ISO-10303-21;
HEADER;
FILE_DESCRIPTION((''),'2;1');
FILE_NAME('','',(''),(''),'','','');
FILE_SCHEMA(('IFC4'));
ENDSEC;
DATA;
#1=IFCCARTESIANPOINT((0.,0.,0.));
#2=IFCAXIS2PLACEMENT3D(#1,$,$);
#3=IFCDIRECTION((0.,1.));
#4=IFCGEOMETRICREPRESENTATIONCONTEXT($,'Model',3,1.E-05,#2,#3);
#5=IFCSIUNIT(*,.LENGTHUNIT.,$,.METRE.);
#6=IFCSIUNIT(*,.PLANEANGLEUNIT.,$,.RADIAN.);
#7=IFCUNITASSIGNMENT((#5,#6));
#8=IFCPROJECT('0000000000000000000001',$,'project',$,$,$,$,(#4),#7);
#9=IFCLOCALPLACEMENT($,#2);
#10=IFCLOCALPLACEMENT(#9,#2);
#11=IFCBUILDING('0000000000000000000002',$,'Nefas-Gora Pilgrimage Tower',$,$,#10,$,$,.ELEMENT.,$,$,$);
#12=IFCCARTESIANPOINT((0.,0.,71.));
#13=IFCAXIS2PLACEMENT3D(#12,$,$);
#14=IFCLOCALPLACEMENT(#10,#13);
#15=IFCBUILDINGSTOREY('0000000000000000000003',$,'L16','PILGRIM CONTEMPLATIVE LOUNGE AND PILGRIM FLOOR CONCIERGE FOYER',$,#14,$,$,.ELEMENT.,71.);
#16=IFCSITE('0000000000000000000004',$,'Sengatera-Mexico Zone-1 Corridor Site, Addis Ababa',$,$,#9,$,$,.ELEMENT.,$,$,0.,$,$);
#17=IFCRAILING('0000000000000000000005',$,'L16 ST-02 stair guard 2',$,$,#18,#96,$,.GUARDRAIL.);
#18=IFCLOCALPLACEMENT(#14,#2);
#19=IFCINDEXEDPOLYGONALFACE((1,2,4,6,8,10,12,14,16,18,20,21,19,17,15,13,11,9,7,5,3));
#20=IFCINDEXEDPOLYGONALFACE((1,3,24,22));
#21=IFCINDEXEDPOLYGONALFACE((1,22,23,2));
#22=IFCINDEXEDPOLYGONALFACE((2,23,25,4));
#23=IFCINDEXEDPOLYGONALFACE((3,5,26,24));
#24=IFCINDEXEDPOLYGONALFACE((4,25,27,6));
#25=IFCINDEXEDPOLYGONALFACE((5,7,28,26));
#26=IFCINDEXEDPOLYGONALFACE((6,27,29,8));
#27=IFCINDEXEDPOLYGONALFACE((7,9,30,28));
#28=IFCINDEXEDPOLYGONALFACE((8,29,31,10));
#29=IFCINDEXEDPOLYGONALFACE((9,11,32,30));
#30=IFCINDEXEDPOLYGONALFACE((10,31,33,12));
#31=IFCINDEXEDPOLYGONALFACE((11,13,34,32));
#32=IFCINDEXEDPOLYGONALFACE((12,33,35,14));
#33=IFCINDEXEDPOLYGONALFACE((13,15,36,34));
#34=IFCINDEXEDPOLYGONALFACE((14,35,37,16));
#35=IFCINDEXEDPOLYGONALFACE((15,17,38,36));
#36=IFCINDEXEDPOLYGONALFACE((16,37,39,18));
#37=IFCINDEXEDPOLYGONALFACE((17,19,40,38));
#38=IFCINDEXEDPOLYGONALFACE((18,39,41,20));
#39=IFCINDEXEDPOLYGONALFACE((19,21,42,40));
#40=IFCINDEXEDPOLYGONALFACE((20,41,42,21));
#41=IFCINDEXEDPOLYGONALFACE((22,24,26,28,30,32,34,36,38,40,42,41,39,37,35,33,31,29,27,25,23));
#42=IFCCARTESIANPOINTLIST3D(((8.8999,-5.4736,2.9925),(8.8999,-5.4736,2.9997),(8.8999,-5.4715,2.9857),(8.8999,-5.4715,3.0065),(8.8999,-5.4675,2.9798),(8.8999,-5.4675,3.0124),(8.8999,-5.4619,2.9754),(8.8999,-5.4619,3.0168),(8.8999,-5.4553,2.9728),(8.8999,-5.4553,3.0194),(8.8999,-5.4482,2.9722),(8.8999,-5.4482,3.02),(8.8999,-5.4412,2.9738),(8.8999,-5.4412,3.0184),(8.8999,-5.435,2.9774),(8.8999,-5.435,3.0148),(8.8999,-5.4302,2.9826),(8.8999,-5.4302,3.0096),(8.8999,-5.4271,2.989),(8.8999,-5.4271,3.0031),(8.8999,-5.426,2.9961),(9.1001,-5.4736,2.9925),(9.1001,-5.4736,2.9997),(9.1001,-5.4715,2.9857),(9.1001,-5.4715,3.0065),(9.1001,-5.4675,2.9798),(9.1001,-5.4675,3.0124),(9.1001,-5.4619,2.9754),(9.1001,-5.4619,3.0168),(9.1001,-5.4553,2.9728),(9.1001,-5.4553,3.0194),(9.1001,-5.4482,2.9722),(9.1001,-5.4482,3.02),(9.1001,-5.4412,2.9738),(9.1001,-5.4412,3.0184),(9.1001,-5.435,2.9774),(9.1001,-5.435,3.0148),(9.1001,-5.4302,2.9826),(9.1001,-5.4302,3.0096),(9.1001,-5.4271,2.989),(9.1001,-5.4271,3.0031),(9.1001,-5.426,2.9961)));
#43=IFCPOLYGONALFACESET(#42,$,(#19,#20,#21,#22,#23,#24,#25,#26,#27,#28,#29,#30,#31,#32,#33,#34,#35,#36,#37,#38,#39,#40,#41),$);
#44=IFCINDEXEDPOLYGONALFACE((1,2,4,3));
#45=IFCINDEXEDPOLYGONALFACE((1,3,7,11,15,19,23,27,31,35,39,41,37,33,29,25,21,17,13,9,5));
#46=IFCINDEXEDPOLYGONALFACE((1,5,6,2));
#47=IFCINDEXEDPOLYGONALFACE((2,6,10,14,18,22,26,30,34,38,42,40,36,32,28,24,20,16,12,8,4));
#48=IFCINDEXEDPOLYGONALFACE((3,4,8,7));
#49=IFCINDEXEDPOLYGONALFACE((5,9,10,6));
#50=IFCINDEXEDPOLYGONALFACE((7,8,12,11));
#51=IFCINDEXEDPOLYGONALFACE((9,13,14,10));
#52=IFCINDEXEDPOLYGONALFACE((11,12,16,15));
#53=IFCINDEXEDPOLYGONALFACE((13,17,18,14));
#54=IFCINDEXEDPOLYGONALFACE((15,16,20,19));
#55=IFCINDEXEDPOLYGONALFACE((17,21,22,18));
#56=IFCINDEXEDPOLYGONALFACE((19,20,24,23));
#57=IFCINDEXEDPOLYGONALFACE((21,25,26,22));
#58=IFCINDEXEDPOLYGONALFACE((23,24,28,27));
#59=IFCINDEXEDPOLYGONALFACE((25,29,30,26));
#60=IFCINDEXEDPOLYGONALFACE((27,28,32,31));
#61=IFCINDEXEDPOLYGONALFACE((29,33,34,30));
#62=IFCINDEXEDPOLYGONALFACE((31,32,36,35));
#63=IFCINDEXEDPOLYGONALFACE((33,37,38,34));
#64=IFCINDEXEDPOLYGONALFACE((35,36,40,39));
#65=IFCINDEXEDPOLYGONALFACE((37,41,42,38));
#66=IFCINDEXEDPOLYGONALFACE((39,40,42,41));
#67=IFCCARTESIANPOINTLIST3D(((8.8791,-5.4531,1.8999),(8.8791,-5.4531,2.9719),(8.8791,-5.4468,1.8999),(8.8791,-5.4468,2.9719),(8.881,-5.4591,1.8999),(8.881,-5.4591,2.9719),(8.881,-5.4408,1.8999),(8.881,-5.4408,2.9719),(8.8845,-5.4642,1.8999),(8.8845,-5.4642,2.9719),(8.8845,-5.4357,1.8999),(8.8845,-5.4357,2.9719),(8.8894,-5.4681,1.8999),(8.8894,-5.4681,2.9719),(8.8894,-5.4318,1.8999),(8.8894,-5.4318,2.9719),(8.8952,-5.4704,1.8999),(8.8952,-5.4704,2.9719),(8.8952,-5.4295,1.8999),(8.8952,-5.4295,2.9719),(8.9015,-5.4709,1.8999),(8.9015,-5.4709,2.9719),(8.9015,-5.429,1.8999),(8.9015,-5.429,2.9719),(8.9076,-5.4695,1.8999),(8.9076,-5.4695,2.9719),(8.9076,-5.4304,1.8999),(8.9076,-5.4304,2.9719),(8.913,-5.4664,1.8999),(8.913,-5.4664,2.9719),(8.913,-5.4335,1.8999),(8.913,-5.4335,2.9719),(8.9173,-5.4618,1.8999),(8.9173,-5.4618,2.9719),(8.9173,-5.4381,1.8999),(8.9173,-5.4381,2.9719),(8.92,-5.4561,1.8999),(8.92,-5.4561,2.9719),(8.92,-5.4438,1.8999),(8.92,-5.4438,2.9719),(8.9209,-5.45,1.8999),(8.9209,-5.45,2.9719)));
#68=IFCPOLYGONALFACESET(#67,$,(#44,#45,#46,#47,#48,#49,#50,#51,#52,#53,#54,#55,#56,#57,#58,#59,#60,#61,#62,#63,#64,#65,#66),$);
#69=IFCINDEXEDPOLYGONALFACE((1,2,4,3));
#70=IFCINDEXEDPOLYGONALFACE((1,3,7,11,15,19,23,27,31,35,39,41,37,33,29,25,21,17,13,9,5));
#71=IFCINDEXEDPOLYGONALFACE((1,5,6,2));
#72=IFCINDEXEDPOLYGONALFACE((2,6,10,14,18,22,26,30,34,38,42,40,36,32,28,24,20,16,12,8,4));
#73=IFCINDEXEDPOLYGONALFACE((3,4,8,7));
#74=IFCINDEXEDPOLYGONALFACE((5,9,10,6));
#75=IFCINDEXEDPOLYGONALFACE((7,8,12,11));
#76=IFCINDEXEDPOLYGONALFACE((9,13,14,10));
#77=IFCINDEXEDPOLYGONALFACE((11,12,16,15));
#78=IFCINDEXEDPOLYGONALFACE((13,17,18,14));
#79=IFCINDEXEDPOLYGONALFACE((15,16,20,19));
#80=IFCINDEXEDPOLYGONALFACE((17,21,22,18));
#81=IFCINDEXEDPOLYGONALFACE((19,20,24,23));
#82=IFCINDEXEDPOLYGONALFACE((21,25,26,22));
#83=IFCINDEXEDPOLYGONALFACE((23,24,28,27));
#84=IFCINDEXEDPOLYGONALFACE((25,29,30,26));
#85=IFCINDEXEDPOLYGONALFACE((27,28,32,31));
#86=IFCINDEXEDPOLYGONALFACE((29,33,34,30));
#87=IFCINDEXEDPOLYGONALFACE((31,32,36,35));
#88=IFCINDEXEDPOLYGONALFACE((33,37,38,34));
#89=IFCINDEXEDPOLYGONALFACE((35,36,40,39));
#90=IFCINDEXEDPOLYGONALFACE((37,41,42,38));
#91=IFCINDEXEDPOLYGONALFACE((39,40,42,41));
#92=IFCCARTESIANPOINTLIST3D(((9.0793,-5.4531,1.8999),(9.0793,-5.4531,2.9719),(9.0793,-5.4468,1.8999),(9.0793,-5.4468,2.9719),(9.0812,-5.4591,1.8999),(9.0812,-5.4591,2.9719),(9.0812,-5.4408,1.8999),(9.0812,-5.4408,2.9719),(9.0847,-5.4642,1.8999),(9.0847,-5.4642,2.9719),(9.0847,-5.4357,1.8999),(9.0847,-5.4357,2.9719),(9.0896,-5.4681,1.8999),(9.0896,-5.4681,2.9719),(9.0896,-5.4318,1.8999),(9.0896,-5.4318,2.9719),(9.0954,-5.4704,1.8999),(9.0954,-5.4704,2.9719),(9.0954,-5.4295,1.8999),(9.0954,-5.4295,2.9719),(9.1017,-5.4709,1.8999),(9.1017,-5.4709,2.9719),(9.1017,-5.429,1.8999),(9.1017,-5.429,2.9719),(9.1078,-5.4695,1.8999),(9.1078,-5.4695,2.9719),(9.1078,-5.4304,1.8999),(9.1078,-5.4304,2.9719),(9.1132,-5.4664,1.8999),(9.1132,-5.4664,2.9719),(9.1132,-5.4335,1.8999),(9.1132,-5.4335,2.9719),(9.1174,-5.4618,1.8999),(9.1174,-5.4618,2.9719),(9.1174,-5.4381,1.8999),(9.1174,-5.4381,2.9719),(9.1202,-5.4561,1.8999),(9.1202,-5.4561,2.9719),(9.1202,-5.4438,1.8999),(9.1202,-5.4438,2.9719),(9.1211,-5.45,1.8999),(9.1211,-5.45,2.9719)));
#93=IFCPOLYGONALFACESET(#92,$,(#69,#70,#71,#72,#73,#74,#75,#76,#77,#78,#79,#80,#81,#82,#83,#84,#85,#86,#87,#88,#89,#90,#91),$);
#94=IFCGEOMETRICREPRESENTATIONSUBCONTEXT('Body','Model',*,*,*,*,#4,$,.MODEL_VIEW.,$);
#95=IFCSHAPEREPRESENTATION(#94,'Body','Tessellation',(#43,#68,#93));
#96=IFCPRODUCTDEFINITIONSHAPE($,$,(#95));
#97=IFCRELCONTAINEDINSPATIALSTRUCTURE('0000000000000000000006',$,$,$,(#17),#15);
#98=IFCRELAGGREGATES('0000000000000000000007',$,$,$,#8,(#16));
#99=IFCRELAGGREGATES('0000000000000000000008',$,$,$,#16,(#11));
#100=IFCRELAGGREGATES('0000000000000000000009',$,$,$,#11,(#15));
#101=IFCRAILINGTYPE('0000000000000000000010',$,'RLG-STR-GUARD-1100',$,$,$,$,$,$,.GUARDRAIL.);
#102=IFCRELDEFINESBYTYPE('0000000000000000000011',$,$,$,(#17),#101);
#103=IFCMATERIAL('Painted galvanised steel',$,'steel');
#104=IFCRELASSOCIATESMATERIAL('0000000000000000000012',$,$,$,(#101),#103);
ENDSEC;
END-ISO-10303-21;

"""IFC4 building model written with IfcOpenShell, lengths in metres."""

from ifc_helpers import new_model, si_unit, direction, frame, origin, origin_2d, place, context, subcontext, project, spatial, circle, extrude, material, type_object, element, save


model = new_model("IFC4")

# Units and contexts
model_context = context("Model", 3, precision=1e-05, world=origin(), true_north=direction((0.0, 1.0)))
body_context = subcontext(model_context, "Body", "Model", "MODEL_VIEW")
ifc_project = project(units=[si_unit("LENGTHUNIT", "METRE"), si_unit("PLANEANGLEUNIT", "RADIAN")], contexts=[model_context])

# Site, building, storey
site_placement = place(None, origin())
site = spatial("IfcSite", under=ifc_project, at=site_placement, Name="Sengatera-Mexico Zone-1 Corridor Site, Addis Ababa", CompositionType="ELEMENT", RefElevation=0.0)
building_placement = place(site_placement, origin())
building = spatial("IfcBuilding", under=site, at=building_placement, Name="Nefas-Gora Pilgrimage Tower", CompositionType="ELEMENT")
storey_placement = place(building_placement, frame((0.0, 0.0, 71.0)))
storey = spatial("IfcBuildingStorey", under=building, at=storey_placement, Name="L16", Description="PILGRIM CONTEMPLATIVE LOUNGE AND PILGRIM FLOOR CONCIERGE FOYER", CompositionType="ELEMENT", Elevation=71.0)

# Railing
ifc_material_1 = material(Name="Painted galvanised steel", Category="steel")
railing_type_1 = type_object("IfcRailingType", Name="RLG-STR-GUARD-1100", PredefinedType="GUARDRAIL", material=ifc_material_1)
railing_1_placement = place(storey_placement, frame((8.8999, -5.45, 1.8999)))
element("IfcRailing", 1, at=railing_1_placement, inside=storey, type_object=railing_type_1, Name="L16 ST-02 stair guard 2", PredefinedType="GUARDRAIL", context=body_context, shape_type="SweptSolid", body=[
    extrude(circle(Radius=0.0239, at=origin_2d()), frame((0.0, 0.0, 1.0962), z_axis=(1.0, 0.0, 0.0), x_axis=(0.0, 1.0, 0.0)), (0.0, 0.0, 1.0), 0.2002),
    extrude(circle(Radius=0.021, at=origin_2d()), origin(), (0.0, 0.0, 1.0), 1.072),
    extrude(circle(Radius=0.021, at=origin_2d()), frame((0.2002, 0.0, 0.0)), (0.0, 0.0, 1.0), 1.072),
])

save(model, "model.ifc")
